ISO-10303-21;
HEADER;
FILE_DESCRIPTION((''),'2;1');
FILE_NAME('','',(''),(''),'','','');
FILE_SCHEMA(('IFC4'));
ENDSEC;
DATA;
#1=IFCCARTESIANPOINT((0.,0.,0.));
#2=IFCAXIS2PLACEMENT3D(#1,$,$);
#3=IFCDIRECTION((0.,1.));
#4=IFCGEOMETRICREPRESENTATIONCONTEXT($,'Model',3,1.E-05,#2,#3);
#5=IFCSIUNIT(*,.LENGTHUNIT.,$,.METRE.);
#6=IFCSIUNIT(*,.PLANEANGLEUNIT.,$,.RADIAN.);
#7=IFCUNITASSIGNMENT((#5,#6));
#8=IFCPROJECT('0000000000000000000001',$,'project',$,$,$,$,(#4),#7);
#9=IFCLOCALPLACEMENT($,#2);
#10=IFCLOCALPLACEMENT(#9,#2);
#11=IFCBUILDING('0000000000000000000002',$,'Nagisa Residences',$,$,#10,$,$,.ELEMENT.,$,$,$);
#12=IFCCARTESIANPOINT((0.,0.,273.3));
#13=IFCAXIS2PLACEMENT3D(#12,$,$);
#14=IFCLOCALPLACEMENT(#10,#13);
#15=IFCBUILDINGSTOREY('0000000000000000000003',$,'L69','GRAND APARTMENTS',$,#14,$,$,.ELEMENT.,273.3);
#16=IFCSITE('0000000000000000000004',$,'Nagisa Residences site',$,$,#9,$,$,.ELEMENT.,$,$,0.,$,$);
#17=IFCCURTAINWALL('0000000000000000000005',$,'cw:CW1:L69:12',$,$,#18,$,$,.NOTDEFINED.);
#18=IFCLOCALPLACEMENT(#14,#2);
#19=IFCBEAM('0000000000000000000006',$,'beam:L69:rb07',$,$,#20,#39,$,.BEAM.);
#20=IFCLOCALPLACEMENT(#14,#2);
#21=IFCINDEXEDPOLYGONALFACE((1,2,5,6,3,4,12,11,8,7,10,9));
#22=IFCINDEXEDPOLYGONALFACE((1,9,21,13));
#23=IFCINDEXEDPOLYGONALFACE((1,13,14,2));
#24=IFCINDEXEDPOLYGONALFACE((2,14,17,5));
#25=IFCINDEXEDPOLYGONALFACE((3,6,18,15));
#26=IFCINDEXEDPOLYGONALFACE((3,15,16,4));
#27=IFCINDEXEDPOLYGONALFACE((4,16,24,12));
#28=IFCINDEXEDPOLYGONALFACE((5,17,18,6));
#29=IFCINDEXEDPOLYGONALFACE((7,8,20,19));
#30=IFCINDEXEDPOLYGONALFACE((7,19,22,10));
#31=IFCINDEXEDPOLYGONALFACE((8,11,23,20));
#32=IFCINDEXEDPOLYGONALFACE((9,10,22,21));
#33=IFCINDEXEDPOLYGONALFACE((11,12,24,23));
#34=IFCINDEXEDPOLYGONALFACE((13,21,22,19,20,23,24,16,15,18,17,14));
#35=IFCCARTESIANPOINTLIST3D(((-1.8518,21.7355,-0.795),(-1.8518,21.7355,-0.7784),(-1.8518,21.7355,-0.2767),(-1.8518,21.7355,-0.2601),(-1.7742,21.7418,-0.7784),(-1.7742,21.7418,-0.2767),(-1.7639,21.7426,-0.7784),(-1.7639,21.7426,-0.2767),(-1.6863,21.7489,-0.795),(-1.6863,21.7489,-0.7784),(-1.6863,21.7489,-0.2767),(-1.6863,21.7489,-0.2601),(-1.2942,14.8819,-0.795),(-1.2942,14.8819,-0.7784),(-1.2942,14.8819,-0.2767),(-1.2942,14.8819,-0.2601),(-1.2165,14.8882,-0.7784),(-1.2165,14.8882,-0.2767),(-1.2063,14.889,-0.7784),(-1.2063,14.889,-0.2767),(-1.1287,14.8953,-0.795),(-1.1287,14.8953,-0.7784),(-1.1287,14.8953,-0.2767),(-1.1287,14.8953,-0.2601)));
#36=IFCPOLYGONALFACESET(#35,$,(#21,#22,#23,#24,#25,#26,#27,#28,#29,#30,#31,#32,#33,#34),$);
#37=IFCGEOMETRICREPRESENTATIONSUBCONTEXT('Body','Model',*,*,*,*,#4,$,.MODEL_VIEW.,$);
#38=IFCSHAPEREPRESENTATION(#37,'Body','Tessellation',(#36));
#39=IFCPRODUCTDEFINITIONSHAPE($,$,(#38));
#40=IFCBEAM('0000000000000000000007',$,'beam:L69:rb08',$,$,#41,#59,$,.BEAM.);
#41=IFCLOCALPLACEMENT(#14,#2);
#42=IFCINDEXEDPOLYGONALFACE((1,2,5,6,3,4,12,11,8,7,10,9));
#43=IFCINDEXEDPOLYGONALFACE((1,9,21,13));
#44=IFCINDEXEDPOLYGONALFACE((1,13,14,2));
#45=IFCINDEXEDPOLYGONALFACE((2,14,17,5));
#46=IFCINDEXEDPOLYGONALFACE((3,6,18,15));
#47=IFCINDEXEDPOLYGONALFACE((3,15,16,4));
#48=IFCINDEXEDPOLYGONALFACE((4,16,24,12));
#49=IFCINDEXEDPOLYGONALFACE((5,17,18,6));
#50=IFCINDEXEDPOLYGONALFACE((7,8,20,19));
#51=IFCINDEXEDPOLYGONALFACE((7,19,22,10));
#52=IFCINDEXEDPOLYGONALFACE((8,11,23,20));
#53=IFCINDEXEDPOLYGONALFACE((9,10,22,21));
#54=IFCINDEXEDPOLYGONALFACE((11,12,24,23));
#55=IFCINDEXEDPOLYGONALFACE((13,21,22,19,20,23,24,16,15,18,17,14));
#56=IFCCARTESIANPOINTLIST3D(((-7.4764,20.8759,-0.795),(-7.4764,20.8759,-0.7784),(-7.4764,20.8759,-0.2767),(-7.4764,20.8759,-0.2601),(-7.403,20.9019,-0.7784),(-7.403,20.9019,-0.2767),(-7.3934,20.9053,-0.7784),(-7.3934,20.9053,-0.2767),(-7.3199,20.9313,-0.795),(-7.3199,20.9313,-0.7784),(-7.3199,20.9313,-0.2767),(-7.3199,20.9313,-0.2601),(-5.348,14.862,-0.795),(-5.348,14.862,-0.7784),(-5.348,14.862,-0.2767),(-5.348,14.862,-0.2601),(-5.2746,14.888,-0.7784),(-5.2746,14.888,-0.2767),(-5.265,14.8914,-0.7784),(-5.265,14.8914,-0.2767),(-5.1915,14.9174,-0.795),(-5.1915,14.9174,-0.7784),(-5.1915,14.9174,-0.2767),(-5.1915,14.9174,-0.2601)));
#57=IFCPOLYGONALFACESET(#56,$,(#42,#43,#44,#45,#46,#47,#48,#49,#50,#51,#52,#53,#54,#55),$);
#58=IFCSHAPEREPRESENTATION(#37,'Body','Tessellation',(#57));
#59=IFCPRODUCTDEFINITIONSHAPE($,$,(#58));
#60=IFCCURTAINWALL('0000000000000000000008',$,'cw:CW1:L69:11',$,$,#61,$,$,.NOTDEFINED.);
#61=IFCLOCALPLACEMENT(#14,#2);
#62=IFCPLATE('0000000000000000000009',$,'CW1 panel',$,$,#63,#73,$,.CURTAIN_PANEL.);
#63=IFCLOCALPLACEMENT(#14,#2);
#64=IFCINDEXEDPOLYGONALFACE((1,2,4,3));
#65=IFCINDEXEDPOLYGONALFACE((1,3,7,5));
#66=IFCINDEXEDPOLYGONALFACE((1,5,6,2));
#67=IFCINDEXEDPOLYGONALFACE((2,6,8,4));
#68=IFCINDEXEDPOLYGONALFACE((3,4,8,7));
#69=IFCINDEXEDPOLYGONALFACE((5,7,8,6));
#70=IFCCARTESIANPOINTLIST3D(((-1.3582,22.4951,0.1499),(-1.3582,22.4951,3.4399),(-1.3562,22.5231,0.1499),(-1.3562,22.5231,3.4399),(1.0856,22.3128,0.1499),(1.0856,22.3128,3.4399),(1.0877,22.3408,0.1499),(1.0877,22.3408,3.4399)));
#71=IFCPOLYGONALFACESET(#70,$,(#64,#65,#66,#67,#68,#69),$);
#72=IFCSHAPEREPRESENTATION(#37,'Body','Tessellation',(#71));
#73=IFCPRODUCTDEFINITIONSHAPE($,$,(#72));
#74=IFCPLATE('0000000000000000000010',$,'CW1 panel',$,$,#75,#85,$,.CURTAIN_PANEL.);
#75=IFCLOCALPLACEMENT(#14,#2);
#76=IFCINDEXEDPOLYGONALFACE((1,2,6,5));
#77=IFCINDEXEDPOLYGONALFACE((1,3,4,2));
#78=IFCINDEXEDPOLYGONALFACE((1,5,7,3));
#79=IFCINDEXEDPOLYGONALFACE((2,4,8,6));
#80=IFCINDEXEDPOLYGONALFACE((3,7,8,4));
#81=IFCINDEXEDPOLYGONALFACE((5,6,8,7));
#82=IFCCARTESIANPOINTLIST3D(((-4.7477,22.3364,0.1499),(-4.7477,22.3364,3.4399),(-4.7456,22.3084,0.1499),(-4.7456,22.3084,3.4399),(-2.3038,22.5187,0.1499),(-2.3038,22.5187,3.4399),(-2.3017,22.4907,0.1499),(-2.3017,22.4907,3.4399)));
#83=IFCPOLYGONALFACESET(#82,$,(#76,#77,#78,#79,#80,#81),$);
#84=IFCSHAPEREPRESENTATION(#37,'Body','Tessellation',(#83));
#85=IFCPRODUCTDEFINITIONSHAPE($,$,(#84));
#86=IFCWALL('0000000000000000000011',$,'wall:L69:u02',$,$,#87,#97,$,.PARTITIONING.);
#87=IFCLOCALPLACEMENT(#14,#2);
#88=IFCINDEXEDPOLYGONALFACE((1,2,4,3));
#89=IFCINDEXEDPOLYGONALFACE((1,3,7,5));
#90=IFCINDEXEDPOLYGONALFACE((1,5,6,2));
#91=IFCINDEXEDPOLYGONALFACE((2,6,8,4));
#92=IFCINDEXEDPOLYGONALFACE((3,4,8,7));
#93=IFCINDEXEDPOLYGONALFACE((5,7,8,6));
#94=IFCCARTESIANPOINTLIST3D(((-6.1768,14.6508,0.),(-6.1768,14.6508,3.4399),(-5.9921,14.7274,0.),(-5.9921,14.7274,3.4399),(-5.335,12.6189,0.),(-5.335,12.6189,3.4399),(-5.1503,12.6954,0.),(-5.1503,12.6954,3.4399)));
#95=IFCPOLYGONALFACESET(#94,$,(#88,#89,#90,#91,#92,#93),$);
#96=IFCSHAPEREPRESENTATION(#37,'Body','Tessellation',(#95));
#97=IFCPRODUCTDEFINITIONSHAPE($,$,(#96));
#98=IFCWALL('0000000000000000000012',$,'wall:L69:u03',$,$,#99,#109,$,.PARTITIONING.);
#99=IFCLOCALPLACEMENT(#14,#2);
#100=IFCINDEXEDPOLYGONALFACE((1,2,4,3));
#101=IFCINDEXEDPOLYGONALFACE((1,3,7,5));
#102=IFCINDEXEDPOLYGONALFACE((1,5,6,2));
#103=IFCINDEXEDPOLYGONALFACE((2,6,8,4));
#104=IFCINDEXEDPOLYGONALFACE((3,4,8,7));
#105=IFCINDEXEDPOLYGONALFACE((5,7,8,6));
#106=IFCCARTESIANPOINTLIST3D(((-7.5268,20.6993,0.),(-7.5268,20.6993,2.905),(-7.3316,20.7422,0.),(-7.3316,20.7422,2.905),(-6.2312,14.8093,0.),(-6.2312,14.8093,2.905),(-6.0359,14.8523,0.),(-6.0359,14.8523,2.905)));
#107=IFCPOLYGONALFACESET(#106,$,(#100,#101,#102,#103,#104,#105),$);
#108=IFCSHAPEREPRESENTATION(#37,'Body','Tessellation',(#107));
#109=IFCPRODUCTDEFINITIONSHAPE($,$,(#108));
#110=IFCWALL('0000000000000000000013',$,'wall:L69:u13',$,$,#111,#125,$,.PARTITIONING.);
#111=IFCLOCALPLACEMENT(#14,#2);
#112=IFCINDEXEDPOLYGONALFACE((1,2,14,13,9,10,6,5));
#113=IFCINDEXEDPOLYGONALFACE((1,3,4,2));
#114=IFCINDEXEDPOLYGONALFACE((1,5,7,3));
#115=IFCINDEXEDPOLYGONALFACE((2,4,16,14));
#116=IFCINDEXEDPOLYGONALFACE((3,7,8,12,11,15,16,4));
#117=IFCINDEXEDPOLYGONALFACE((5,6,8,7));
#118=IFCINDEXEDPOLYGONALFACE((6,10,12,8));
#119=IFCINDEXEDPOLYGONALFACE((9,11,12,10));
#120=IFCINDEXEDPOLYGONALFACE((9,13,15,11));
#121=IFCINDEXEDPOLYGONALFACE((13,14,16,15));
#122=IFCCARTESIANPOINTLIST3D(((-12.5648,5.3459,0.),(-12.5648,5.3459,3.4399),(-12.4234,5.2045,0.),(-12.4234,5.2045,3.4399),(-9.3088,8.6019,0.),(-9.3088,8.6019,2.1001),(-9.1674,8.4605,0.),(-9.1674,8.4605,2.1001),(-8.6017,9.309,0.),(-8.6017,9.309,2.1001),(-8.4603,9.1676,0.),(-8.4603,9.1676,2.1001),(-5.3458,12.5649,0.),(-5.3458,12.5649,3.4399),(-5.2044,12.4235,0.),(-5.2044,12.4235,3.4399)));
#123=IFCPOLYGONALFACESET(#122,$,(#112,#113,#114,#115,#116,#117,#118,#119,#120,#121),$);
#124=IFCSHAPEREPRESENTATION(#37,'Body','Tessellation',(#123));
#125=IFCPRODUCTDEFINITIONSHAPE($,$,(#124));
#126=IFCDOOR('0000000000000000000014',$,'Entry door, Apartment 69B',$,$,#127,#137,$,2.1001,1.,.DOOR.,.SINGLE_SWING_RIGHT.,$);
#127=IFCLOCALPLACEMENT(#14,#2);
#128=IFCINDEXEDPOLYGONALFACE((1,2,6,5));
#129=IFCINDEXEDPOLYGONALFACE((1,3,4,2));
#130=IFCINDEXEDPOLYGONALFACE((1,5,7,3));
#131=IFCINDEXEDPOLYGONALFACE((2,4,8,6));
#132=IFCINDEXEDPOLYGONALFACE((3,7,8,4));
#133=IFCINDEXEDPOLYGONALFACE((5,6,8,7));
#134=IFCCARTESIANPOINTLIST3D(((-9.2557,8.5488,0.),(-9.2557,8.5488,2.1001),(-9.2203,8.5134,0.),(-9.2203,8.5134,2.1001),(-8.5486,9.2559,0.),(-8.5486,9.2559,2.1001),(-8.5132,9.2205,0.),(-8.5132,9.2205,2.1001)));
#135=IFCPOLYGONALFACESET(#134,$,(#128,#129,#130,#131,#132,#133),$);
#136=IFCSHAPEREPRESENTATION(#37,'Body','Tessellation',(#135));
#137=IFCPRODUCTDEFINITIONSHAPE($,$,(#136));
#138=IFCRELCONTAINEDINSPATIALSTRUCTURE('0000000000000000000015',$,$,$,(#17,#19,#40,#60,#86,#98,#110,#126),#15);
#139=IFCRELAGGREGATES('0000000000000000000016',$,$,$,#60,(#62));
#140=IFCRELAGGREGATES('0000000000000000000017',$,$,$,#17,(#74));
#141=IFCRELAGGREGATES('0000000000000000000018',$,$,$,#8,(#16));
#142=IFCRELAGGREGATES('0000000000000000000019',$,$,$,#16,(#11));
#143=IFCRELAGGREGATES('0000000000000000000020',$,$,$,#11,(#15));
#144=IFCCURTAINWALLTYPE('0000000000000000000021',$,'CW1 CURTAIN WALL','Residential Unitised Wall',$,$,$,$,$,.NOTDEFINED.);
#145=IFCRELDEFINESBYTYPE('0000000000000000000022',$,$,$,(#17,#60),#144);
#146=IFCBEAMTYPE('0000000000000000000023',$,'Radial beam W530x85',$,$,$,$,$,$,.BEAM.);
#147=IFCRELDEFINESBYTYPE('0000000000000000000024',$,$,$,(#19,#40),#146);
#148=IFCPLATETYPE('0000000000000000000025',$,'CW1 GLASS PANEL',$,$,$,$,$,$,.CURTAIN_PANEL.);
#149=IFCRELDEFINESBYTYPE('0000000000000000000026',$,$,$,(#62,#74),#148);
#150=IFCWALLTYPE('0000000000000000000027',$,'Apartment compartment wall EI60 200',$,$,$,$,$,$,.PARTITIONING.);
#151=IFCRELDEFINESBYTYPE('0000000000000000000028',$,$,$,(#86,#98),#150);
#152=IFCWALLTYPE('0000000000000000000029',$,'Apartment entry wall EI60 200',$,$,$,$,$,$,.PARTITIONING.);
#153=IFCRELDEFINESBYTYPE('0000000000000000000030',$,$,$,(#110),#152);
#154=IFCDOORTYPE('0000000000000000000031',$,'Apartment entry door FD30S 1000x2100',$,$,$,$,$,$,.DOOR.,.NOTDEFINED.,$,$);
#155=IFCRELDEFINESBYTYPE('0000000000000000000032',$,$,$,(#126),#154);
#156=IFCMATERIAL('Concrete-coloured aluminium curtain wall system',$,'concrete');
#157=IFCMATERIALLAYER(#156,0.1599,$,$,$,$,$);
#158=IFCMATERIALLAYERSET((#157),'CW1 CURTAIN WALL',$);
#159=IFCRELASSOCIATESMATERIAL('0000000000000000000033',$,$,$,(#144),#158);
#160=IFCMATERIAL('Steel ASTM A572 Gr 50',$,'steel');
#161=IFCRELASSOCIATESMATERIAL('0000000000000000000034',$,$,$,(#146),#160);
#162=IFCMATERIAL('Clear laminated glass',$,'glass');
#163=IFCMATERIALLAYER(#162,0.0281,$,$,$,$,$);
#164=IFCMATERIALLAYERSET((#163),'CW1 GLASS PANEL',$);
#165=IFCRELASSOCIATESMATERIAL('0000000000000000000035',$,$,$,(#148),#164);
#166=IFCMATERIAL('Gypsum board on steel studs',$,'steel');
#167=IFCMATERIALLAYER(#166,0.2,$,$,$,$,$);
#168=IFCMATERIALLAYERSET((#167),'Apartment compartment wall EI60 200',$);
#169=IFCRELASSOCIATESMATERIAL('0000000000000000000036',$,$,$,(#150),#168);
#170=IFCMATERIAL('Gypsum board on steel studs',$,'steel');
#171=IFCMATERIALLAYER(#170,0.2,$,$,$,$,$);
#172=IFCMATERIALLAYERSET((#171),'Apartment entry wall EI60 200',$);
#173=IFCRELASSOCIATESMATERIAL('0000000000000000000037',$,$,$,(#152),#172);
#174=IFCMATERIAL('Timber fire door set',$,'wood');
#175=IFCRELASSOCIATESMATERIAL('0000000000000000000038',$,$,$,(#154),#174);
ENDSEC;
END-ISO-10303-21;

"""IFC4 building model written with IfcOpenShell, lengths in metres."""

from ifc_helpers import new_model, si_unit, direction, frame, frame_2d, origin, origin_2d, place, context, subcontext, project, spatial, rectangle, i_section, extrude, material, layer, layer_set, material_profile, profile_set, type_object, element, fill, aggregate, save


model = new_model("IFC4")

# Units and contexts
model_context = context("Model", 3, precision=1e-05, world=origin(), true_north=direction((0.0, 1.0)))
body_context = subcontext(model_context, "Body", "Model", "MODEL_VIEW")
ifc_project = project(units=[si_unit("LENGTHUNIT", "METRE"), si_unit("PLANEANGLEUNIT", "RADIAN")], contexts=[model_context])

# Site, building, storey
site_placement = place(None, origin())
site = spatial("IfcSite", under=ifc_project, at=site_placement, Name="Nagisa Residences site", CompositionType="ELEMENT", RefElevation=0.0)
building_placement = place(site_placement, origin())
building = spatial("IfcBuilding", under=site, at=building_placement, Name="Nagisa Residences", CompositionType="ELEMENT")
storey_placement = place(building_placement, frame((0.0, 0.0, 273.3)))
storey = spatial("IfcBuildingStorey", under=building, at=storey_placement, Name="L69", Description="GRAND APARTMENTS", CompositionType="ELEMENT", Elevation=273.3)

# Curtain wall
ifc_material_1 = material(Name="Concrete-coloured aluminium curtain wall system", Category="concrete")
ifc_layer_1 = layer(ifc_material_1, 0.1599)
ifc_layer_set_1 = layer_set([ifc_layer_1], Name="CW1 CURTAIN WALL")
curtain_wall_type = type_object("IfcCurtainWallType", Name="CW1 CURTAIN WALL", Description="Residential Unitised Wall", PredefinedType="NOTDEFINED", material=ifc_layer_set_1)
curtain_wall_1_placement = place(storey_placement, origin())
curtain_wall_1 = element("IfcCurtainWall", 1, at=curtain_wall_1_placement, inside=storey, type_object=curtain_wall_type, Name="cw:CW1:L69:12", PredefinedType="NOTDEFINED")

# Beams
ifc_material_2 = material(Name="Steel ASTM A572 Gr 50", Category="steel")
ifc_material_profile_1 = material_profile(ifc_material_2, i_section(OverallWidth=0.166, OverallDepth=0.5349, WebThickness=0.0103, FlangeThickness=0.0166, at=origin_2d()), Name="W530x85")
ifc_profile_set_1 = profile_set([ifc_material_profile_1], Name="Steel ASTM A572 Gr 50")
beam_type_1 = type_object("IfcBeamType", Name="Radial beam W530x85", PredefinedType="BEAM", material=ifc_profile_set_1)
beam_1_placement = place(storey_placement, frame((-1.769, 21.7422, -0.5276), z_axis=(0.081094, -0.996706, 0.0), x_axis=(0.996706, 0.081094, 0.0)))
element("IfcBeam", 2, at=beam_1_placement, inside=storey, type_object=beam_type_1, Name="beam:L69:rb07", PredefinedType="BEAM", context=body_context, shape_type="SweptSolid", body=[
    extrude(i_section(OverallWidth=0.166, OverallDepth=0.5349, WebThickness=0.0103, FlangeThickness=0.0166, at=origin_2d()), origin(), (0.0, 0.0, 1.0), 6.8762),
])
beam_2_placement = place(storey_placement, frame((-7.3982, 20.9036, -0.5276), z_axis=(0.333637, -0.942702, 0.0), x_axis=(0.942702, 0.333637, 0.0)))
element("IfcBeam", 3, at=beam_2_placement, inside=storey, type_object=beam_type_1, Name="beam:L69:rb08", PredefinedType="BEAM", context=body_context, shape_type="SweptSolid", body=[
    extrude(i_section(OverallWidth=0.166, OverallDepth=0.5349, WebThickness=0.0103, FlangeThickness=0.0166, at=origin_2d()), origin(), (0.0, 0.0, 1.0), 6.3794),
])

# Curtain wall, plate
curtain_wall_2_placement = place(storey_placement, origin())
curtain_wall_2 = element("IfcCurtainWall", 4, at=curtain_wall_2_placement, inside=storey, type_object=curtain_wall_type, Name="cw:CW1:L69:11", PredefinedType="NOTDEFINED")
ifc_material_3 = material(Name="Clear laminated glass", Category="glass")
ifc_layer_2 = layer(ifc_material_3, 0.0281)
ifc_layer_set_2 = layer_set([ifc_layer_2], Name="CW1 GLASS PANEL")
plate_type = type_object("IfcPlateType", Name="CW1 GLASS PANEL", PredefinedType="CURTAIN_PANEL", material=ifc_layer_set_2)
plate_1_placement = place(storey_placement, frame((-0.1353, 22.418, 0.1499), z_axis=(0.0, 0.0, 1.0), x_axis=(-0.99723, 0.074377, 0.0)))
plate_1 = element("IfcPlate", 5, at=plate_1_placement, type_object=plate_type, Name="CW1 panel", PredefinedType="CURTAIN_PANEL", context=body_context, shape_type="SweptSolid", body=[
    extrude(rectangle(XDim=2.4507, YDim=0.0281, at=origin_2d()), origin(), (0.0, 0.0, 1.0), 3.29),
])
aggregate(curtain_wall_2, [plate_1])

# Plate
plate_2_placement = place(storey_placement, frame((-3.5247, 22.4136, 0.1499), z_axis=(0.0, 0.0, 1.0), x_axis=(-0.99723, -0.074377, 0.0)))
plate_2 = element("IfcPlate", 6, at=plate_2_placement, type_object=plate_type, Name="CW1 panel", PredefinedType="CURTAIN_PANEL", context=body_context, shape_type="SweptSolid", body=[
    extrude(rectangle(XDim=2.4507, YDim=0.0281, at=origin_2d()), origin(), (0.0, 0.0, 1.0), 3.29),
])
aggregate(curtain_wall_1, [plate_2])

# Walls
ifc_material_4 = material(Name="Gypsum board on steel studs", Category="steel")
ifc_layer_3 = layer(ifc_material_4, 0.2)
ifc_layer_set_3 = layer_set([ifc_layer_3], Name="Apartment compartment wall EI60 200")
wall_type_1 = type_object("IfcWallType", Name="Apartment compartment wall EI60 200", PredefinedType="PARTITIONING", material=ifc_layer_set_3)
wall_1_placement = place(storey_placement, frame((-5.2427, 12.6572, 0.0), z_axis=(0.0, 0.0, 1.0), x_axis=(-0.382731, 0.92386, 0.0)))
element("IfcWall", 7, at=wall_1_placement, inside=storey, type_object=wall_type_1, Name="wall:L69:u02", PredefinedType="PARTITIONING", context=body_context, shape_type="SweptSolid", body=[
    extrude(rectangle(XDim=2.1995, YDim=0.2, at=frame_2d((1.0996, 0.0))), origin(), (0.0, 0.0, 1.0), 3.4399),
])
wall_2_placement = place(storey_placement, frame((-6.1335, 14.8308, 0.0), z_axis=(0.0, 0.0, 1.0), x_axis=(-0.214842, 0.976649, 0.0)))
element("IfcWall", 8, at=wall_2_placement, inside=storey, type_object=wall_type_1, Name="wall:L69:u03", PredefinedType="PARTITIONING", context=body_context, shape_type="SweptSolid", body=[
    extrude(rectangle(XDim=6.0308, YDim=0.2, at=frame_2d((3.0154, 0.0))), origin(), (0.0, 0.0, 1.0), 2.905),
])

# Wall, opening, door
ifc_material_5 = material(Name="Gypsum board on steel studs", Category="steel")
ifc_layer_4 = layer(ifc_material_5, 0.2)
ifc_layer_set_4 = layer_set([ifc_layer_4], Name="Apartment entry wall EI60 200")
wall_type_2 = type_object("IfcWallType", Name="Apartment entry wall EI60 200", PredefinedType="PARTITIONING", material=ifc_layer_set_4)
wall_3_placement = place(storey_placement, frame((-5.2751, 12.4941, 0.0), z_axis=(0.0, 0.0, 1.0), x_axis=(-0.707107, -0.707107, 0.0)))
wall_3 = element("IfcWall", 9, at=wall_3_placement, inside=storey, type_object=wall_type_2, Name="wall:L69:u13", PredefinedType="PARTITIONING", context=body_context, shape_type="SweptSolid", body=[
    extrude(rectangle(XDim=10.2092, YDim=0.2, at=frame_2d((5.1045, 0.0))), origin(), (0.0, 0.0, 1.0), 3.4399),
])
opening_1_placement = place(wall_3_placement, frame((4.6045, 0.0, 0.0)))
opening_1 = element("IfcOpeningElement", 10, at=opening_1_placement, cuts=wall_3, PredefinedType="OPENING", context=body_context, shape_type="SweptSolid", body=[
    extrude(rectangle(XDim=1.0, YDim=2.1001, at=frame_2d((0.5, 1.05))), frame((0.0, 0.1099, 0.0), z_axis=(0.0, -1.0, 0.0), x_axis=(1.0, 0.0, 0.0)), (0.0, 0.0, 1.0), 0.22),
])
ifc_material_6 = material(Name="Timber fire door set", Category="wood")
door_type_1 = type_object("IfcDoorType", Name="Apartment entry door FD30S 1000x2100", OperationType="NOTDEFINED", PredefinedType="DOOR", material=ifc_material_6)
door_1_placement = place(opening_1_placement, frame((1.0, 0.0, 0.0), x_axis=(-1.0, 0.0, 0.0)))
door_1 = element("IfcDoor", 11, at=door_1_placement, inside=storey, type_object=door_type_1, Name="Entry door, Apartment 69B", OperationType="SINGLE_SWING_RIGHT", OverallHeight=2.1001, OverallWidth=1.0, PredefinedType="DOOR", context=body_context, shape_type="SweptSolid", body=[
    extrude(rectangle(XDim=1.0, YDim=2.1001, at=frame_2d((0.5, 1.05))), frame((0.0, 0.0249, 0.0), z_axis=(0.0, -1.0, 0.0), x_axis=(1.0, 0.0, 0.0)), (0.0, 0.0, 1.0), 0.05),
])
fill(opening_1, door_1)

save(model, "model.ifc")
